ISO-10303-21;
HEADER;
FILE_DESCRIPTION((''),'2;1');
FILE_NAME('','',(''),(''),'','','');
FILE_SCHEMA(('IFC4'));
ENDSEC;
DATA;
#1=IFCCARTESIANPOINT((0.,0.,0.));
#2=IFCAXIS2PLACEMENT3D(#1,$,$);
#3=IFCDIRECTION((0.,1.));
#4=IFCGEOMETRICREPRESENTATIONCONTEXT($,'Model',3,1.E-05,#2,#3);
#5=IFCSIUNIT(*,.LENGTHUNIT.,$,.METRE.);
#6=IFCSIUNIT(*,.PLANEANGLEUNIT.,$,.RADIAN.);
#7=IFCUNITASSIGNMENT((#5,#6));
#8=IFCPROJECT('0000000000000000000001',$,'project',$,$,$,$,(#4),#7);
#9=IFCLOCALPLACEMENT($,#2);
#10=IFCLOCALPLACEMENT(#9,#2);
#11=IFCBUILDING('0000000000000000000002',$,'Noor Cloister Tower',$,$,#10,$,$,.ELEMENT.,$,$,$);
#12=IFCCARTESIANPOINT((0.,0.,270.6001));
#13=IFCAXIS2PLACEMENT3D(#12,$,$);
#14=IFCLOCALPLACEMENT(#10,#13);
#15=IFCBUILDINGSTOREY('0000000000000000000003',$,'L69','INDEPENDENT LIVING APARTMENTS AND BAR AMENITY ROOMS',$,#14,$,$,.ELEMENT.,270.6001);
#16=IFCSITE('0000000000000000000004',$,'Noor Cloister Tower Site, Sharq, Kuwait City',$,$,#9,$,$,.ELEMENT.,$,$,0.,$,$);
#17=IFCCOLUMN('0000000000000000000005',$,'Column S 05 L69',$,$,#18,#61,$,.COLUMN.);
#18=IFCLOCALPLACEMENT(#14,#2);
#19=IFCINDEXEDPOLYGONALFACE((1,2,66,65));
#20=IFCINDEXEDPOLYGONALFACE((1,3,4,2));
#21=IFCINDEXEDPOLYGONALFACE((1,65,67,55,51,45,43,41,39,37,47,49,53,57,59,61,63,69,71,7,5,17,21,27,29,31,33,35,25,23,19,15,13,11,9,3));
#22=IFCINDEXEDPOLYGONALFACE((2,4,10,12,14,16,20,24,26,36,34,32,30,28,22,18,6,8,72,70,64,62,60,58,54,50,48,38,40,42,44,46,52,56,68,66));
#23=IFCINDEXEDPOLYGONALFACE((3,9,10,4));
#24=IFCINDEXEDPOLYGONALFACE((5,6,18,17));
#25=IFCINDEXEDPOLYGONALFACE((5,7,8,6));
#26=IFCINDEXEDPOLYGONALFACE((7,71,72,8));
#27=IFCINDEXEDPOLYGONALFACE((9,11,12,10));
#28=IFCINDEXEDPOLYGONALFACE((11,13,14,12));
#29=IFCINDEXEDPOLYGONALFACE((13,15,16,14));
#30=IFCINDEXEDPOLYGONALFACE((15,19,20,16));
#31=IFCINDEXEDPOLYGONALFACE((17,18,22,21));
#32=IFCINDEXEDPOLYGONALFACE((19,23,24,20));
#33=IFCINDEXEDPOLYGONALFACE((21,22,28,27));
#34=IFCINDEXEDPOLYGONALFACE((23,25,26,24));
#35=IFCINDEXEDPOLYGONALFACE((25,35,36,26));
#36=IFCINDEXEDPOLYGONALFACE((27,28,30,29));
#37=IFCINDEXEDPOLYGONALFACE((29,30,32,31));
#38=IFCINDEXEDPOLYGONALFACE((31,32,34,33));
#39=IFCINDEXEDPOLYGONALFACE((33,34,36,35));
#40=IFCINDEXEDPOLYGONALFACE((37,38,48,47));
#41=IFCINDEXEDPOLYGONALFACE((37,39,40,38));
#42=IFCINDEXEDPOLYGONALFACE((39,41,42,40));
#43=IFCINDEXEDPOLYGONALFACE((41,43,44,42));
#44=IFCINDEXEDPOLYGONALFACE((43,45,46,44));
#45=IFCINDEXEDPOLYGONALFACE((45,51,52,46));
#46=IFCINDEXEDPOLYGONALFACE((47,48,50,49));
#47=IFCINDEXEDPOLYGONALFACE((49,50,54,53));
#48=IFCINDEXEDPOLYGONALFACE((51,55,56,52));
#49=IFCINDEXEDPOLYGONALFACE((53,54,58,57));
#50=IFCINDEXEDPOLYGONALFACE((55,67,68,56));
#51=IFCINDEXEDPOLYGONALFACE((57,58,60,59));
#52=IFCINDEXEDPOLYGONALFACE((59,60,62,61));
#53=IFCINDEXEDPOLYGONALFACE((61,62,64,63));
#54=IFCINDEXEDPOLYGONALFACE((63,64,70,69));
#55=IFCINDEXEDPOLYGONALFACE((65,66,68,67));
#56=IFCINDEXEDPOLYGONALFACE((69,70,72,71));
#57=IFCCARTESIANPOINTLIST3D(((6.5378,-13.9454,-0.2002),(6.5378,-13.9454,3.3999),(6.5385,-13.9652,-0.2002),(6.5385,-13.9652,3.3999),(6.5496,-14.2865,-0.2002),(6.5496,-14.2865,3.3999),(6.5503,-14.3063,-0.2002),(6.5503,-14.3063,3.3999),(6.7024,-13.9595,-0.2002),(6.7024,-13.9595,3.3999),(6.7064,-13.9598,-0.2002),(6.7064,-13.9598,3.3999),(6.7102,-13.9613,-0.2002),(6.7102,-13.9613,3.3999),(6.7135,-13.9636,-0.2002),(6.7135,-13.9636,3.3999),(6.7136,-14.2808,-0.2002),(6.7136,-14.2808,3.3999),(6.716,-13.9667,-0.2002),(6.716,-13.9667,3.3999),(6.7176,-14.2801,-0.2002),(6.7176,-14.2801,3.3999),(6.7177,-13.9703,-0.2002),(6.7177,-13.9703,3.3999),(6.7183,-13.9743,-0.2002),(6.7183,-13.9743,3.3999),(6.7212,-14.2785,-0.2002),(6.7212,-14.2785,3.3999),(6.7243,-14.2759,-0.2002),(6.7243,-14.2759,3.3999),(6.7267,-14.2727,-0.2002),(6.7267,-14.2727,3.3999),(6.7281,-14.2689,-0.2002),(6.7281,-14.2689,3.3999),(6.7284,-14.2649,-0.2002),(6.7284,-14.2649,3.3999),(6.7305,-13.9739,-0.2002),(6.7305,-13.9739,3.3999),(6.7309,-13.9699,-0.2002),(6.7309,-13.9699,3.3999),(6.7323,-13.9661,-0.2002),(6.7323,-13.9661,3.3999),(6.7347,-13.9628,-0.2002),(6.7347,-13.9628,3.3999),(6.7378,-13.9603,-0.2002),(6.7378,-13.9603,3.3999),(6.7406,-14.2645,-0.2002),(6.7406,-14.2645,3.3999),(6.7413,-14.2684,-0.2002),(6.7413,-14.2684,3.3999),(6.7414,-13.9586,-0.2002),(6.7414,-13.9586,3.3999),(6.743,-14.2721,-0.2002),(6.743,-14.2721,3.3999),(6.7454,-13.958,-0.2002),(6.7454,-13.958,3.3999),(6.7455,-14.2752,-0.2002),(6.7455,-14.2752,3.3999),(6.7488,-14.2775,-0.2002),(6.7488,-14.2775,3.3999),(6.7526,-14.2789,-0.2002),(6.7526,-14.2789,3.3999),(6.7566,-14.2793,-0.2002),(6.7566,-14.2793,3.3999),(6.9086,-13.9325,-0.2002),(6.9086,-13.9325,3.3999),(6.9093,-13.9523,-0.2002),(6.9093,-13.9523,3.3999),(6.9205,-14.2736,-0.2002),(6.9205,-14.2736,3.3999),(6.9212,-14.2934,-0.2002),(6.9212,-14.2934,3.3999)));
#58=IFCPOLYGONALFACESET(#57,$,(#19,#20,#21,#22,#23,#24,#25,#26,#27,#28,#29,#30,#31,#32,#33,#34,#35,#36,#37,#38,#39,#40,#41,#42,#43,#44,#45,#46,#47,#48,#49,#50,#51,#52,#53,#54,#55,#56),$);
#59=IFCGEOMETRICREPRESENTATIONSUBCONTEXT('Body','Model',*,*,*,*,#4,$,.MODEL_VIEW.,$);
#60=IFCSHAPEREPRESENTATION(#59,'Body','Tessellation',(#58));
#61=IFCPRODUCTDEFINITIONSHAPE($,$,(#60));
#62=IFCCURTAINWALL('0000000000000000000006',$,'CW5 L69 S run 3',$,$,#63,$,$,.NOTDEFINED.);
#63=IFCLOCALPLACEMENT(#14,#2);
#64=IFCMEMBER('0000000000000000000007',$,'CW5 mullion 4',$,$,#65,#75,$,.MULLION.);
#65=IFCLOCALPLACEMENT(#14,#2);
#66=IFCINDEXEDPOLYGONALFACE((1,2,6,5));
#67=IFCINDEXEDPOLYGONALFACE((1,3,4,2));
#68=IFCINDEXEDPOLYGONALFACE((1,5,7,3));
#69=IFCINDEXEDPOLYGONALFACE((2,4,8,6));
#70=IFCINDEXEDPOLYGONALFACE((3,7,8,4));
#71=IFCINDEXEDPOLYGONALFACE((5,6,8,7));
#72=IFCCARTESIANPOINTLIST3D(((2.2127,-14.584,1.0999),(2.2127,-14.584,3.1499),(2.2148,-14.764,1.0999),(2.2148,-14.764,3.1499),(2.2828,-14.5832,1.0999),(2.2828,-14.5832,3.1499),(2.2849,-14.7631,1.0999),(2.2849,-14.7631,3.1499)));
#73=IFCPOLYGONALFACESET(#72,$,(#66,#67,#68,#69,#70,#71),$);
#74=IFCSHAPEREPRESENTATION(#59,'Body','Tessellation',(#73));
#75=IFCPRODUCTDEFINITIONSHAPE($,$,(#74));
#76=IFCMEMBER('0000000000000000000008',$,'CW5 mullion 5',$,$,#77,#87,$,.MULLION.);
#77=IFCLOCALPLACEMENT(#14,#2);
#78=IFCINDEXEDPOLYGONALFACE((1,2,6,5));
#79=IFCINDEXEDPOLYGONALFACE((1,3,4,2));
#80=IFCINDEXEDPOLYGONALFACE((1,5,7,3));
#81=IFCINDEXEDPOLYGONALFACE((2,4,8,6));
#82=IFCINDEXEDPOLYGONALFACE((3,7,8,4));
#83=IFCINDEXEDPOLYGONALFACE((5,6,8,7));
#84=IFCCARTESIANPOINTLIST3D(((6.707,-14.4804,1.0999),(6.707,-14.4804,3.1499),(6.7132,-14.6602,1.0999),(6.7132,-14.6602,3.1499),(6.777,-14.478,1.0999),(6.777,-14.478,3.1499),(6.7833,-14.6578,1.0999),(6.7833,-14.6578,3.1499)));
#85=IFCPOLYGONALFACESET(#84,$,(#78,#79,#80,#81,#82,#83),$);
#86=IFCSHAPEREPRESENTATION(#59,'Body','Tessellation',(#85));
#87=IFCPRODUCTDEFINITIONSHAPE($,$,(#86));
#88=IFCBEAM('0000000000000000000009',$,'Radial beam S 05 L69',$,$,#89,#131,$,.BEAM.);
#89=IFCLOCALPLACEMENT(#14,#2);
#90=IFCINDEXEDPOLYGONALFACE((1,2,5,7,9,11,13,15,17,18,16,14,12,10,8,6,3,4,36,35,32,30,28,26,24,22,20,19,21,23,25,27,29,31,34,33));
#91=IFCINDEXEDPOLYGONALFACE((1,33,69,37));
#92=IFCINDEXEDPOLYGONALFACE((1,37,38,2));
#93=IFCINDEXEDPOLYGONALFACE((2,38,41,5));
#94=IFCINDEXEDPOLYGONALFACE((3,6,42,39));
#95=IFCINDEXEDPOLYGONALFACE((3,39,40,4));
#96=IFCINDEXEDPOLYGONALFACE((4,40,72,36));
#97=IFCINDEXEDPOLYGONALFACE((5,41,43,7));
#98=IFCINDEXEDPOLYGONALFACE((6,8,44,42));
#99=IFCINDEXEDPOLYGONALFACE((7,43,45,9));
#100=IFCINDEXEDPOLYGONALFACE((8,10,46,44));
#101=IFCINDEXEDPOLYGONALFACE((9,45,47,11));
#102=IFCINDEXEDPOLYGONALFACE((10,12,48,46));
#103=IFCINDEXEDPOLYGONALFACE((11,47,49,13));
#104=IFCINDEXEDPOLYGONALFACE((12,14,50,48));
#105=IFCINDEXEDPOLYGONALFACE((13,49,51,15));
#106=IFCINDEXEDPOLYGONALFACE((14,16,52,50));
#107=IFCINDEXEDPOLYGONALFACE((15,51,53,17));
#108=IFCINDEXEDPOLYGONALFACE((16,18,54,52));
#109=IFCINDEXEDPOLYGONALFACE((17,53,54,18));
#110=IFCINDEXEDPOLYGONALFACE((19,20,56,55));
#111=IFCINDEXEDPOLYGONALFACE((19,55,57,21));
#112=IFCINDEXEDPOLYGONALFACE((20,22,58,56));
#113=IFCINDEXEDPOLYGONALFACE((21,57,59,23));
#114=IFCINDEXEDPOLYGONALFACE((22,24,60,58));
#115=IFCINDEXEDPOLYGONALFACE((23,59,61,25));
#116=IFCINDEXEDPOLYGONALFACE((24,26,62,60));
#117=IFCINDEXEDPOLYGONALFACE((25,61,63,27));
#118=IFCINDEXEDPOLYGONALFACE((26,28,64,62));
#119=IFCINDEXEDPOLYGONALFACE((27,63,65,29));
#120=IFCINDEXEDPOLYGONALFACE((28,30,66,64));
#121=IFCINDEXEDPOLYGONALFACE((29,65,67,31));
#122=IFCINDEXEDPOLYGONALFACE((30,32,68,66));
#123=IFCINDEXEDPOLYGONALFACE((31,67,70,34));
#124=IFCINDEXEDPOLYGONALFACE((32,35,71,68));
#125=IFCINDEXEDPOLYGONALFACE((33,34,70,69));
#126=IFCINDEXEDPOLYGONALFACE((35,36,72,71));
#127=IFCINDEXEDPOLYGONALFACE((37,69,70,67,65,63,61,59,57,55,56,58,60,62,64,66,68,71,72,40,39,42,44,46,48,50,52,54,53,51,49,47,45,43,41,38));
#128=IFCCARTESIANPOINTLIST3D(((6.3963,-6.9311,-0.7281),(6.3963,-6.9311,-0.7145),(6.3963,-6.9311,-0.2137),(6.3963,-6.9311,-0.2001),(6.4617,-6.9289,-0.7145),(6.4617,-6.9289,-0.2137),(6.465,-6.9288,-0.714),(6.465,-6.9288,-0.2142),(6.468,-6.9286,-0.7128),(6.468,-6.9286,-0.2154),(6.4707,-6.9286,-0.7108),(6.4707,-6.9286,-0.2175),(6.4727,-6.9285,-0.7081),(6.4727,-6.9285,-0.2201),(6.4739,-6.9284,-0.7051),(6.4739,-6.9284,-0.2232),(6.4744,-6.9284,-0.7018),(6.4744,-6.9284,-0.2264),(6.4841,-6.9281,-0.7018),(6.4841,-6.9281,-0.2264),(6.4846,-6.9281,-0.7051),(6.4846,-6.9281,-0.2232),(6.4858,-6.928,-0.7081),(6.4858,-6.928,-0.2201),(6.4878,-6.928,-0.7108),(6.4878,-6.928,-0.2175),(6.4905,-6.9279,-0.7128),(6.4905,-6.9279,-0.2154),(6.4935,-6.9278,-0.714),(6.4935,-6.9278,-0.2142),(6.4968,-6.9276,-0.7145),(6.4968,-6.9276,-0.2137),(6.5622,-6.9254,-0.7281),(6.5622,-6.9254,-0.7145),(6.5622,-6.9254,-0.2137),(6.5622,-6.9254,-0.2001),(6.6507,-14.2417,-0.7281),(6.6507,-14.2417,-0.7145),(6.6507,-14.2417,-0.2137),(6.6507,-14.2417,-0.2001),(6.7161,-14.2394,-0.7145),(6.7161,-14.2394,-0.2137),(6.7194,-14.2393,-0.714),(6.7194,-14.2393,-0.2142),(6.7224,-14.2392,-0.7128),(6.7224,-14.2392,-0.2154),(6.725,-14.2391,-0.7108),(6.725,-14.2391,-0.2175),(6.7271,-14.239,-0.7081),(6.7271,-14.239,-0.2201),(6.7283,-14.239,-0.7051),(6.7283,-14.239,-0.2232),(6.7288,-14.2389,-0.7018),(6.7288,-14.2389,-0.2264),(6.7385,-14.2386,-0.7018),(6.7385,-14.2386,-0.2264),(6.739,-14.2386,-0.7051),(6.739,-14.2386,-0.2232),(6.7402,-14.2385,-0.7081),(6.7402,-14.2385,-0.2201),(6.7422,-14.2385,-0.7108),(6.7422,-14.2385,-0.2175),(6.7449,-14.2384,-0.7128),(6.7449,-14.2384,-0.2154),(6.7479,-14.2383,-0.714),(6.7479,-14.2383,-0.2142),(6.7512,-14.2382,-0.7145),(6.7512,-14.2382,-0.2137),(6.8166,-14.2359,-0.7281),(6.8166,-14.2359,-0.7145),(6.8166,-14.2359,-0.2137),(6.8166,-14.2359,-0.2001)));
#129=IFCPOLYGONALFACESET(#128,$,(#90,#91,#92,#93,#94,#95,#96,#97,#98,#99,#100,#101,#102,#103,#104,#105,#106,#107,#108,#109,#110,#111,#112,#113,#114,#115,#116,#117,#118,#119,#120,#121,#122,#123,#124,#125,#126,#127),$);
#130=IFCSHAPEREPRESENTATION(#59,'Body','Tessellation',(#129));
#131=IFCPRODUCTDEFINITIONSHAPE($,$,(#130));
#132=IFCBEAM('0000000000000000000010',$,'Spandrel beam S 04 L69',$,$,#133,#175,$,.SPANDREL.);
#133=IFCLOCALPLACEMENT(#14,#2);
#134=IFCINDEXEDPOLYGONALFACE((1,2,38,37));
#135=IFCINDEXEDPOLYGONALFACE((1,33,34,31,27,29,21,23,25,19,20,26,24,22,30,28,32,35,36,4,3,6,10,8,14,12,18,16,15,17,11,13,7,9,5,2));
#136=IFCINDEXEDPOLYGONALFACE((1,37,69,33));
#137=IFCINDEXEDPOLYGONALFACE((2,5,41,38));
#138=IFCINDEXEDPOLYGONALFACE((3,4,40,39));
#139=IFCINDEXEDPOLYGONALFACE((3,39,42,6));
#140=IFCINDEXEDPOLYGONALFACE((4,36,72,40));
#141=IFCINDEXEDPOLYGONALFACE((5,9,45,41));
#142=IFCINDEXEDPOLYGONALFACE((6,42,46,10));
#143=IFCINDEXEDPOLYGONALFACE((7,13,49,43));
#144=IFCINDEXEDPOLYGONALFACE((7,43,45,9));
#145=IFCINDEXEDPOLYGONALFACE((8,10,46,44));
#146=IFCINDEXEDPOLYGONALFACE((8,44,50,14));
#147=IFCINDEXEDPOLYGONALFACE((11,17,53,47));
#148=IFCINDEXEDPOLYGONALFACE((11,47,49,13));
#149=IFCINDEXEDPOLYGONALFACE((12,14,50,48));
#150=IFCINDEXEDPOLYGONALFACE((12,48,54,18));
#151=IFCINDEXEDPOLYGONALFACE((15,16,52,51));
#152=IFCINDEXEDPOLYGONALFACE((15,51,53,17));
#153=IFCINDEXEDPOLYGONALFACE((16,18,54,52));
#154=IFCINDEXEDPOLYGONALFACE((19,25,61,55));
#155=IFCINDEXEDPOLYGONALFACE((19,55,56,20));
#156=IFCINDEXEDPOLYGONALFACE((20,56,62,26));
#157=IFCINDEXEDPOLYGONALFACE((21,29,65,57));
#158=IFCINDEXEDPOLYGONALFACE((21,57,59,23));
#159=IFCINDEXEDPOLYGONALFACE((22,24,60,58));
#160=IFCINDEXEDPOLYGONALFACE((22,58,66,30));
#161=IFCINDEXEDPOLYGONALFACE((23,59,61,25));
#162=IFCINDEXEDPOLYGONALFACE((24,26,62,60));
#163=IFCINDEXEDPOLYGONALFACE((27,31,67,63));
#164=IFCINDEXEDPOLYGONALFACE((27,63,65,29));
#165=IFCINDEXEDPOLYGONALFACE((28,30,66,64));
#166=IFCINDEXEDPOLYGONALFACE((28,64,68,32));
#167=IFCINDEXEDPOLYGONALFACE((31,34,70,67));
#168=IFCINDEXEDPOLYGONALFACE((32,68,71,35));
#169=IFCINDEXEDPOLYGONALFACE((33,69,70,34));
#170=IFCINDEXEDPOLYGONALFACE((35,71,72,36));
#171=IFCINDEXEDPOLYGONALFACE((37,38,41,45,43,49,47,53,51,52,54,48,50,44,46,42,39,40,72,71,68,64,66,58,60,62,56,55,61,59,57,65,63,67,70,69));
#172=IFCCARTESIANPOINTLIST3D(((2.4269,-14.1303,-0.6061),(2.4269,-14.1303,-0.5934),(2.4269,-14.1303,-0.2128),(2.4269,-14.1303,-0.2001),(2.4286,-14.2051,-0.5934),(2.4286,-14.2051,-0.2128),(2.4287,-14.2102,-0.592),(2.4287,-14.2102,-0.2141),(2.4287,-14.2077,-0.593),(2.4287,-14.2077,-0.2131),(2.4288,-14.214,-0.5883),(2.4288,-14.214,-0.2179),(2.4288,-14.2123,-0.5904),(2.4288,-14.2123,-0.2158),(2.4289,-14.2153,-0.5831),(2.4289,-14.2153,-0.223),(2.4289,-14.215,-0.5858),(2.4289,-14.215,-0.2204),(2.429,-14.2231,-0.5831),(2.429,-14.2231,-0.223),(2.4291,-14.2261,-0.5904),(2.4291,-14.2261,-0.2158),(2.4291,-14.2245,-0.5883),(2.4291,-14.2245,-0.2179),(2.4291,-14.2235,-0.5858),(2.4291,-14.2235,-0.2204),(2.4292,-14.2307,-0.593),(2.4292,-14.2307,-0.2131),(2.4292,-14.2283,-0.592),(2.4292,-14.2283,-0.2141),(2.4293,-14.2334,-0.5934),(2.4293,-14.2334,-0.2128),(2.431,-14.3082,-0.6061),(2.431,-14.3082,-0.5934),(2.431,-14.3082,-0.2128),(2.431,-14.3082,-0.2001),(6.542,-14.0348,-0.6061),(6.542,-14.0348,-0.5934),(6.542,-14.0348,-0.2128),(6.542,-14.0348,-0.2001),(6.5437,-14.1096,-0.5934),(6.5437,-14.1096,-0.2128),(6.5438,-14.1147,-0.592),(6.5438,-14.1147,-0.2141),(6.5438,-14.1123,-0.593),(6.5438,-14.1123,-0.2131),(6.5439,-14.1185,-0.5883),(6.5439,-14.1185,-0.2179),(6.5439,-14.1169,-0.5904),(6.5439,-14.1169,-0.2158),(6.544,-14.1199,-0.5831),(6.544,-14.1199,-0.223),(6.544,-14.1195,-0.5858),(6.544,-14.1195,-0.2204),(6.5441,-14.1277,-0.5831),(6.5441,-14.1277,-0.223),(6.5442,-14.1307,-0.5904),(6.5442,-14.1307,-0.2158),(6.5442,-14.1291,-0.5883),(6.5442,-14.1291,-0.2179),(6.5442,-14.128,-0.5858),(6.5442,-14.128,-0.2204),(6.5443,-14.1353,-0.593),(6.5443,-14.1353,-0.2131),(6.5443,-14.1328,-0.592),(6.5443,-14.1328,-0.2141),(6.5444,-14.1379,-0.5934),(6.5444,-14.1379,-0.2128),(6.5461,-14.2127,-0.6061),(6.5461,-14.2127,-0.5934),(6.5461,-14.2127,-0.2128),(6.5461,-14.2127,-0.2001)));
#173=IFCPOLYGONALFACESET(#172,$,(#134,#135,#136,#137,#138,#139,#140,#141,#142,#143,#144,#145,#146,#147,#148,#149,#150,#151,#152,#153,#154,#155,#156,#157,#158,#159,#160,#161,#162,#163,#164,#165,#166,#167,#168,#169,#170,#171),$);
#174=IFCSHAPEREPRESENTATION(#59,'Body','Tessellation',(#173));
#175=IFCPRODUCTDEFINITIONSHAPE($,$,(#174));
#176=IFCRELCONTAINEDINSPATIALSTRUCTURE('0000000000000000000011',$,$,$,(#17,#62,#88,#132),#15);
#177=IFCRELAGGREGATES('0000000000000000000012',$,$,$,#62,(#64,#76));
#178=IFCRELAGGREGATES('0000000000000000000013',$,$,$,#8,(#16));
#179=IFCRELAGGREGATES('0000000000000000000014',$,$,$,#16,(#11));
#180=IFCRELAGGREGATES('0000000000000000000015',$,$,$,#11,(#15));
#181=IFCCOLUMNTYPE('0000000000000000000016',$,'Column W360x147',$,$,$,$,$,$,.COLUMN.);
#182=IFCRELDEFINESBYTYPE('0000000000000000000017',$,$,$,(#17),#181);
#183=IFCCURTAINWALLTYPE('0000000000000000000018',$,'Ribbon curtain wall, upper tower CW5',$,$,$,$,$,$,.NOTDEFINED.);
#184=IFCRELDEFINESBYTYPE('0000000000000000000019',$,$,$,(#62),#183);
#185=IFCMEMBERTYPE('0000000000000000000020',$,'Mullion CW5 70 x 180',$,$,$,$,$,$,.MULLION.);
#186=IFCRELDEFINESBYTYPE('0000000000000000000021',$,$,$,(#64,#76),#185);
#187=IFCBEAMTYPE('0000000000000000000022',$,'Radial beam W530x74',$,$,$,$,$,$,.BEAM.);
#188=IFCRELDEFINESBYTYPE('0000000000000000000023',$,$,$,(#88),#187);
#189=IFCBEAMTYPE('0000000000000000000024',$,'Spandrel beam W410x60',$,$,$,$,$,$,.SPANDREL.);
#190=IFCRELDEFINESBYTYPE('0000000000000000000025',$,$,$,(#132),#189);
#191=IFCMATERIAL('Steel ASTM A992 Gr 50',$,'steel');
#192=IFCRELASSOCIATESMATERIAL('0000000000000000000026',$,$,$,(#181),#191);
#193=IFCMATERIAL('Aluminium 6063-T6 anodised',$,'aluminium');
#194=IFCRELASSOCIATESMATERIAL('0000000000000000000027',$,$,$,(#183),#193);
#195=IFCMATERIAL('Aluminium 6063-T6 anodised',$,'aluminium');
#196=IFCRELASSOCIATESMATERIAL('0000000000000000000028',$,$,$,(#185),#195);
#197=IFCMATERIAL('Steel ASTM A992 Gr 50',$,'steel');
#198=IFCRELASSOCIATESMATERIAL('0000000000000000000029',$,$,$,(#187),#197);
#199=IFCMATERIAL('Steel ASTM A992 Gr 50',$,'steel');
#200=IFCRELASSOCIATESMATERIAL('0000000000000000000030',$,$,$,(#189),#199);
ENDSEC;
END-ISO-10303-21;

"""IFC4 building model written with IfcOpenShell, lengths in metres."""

from ifc_helpers import new_model, si_unit, direction, frame, origin, origin_2d, place, context, subcontext, project, spatial, rectangle, i_section, extrude, material, material_profile, profile_set, type_object, element, aggregate, save


model = new_model("IFC4")

# Units and contexts
model_context = context("Model", 3, precision=1e-05, world=origin(), true_north=direction((0.0, 1.0)))
body_context = subcontext(model_context, "Body", "Model", "MODEL_VIEW")
ifc_project = project(units=[si_unit("LENGTHUNIT", "METRE"), si_unit("PLANEANGLEUNIT", "RADIAN")], contexts=[model_context])

# Site, building, storey
site_placement = place(None, origin())
site = spatial("IfcSite", under=ifc_project, at=site_placement, Name="Noor Cloister Tower Site, Sharq, Kuwait City", CompositionType="ELEMENT", RefElevation=0.0)
building_placement = place(site_placement, origin())
building = spatial("IfcBuilding", under=site, at=building_placement, Name="Noor Cloister Tower", CompositionType="ELEMENT")
storey_placement = place(building_placement, frame((0.0, 0.0, 270.6001)))
storey = spatial("IfcBuildingStorey", under=building, at=storey_placement, Name="L69", Description="INDEPENDENT LIVING APARTMENTS AND BAR AMENITY ROOMS", CompositionType="ELEMENT", Elevation=270.6001)

# Column
ifc_material_1 = material(Name="Steel ASTM A992 Gr 50", Category="steel")
ifc_material_profile_1 = material_profile(ifc_material_1, i_section(OverallWidth=0.3711, OverallDepth=0.3611, WebThickness=0.0122, FlangeThickness=0.0198, FilletRadius=0.0154, at=origin_2d()), Name="W360x147")
ifc_profile_set_1 = profile_set([ifc_material_profile_1], Name="Steel ASTM A992 Gr 50")
column_type = type_object("IfcColumnType", Name="Column W360x147", PredefinedType="COLUMN", material=ifc_profile_set_1)
column_placement = place(storey_placement, frame((6.7295, -14.1194, -0.2002), z_axis=(0.0, 0.0, 1.0), x_axis=(0.999395, 0.034782, 0.0)))
element("IfcColumn", 1, at=column_placement, inside=storey, type_object=column_type, Name="Column S 05 L69", PredefinedType="COLUMN", context=body_context, shape_type="SweptSolid", body=[
    extrude(i_section(OverallWidth=0.3711, OverallDepth=0.3611, WebThickness=0.0122, FlangeThickness=0.0198, FilletRadius=0.0154, at=origin_2d()), origin(), (0.0, 0.0, 1.0), 3.6001),
])

# Curtain wall, members
ifc_material_2 = material(Name="Aluminium 6063-T6 anodised", Category="aluminium")
curtain_wall_type = type_object("IfcCurtainWallType", Name="Ribbon curtain wall, upper tower CW5", PredefinedType="NOTDEFINED", material=ifc_material_2)
curtain_wall_placement = place(storey_placement, origin())
curtain_wall = element("IfcCurtainWall", 2, at=curtain_wall_placement, inside=storey, type_object=curtain_wall_type, Name="CW5 L69 S run 3", PredefinedType="NOTDEFINED")
ifc_material_3 = material(Name="Aluminium 6063-T6 anodised", Category="aluminium")
ifc_material_profile_2 = material_profile(ifc_material_3, rectangle(XDim=0.1799, YDim=0.0701, at=origin_2d()), Name="180 x 70 mullion")
ifc_profile_set_2 = profile_set([ifc_material_profile_2], Name="Aluminium 6063-T6 anodised")
member_type = type_object("IfcMemberType", Name="Mullion CW5 70 x 180", PredefinedType="MULLION", material=ifc_profile_set_2)
member_1_placement = place(storey_placement, frame((2.2488, -14.6736, 1.0999), z_axis=(0.0, 0.0, 1.0), x_axis=(-0.011596, 0.999933, 0.0)))
member_1 = element("IfcMember", 3, at=member_1_placement, type_object=member_type, Name="CW5 mullion 4", PredefinedType="MULLION", context=body_context, shape_type="SweptSolid", body=[
    extrude(rectangle(XDim=0.1799, YDim=0.0701, at=origin_2d()), origin(), (0.0, 0.0, 1.0), 2.05),
])
member_2_placement = place(storey_placement, frame((6.7451, -14.5691, 1.0999), z_axis=(0.0, 0.0, 1.0), x_axis=(-0.034782, 0.999395, 0.0)))
member_2 = element("IfcMember", 4, at=member_2_placement, type_object=member_type, Name="CW5 mullion 5", PredefinedType="MULLION", context=body_context, shape_type="SweptSolid", body=[
    extrude(rectangle(XDim=0.1799, YDim=0.0701, at=origin_2d()), origin(), (0.0, 0.0, 1.0), 2.05),
])

# Beams
ifc_material_4 = material(Name="Steel ASTM A992 Gr 50", Category="steel")
ifc_material_profile_3 = material_profile(ifc_material_4, i_section(OverallWidth=0.166, OverallDepth=0.5281, WebThickness=0.0098, FlangeThickness=0.0137, FilletRadius=0.0127, at=origin_2d()), Name="W530x74")
ifc_profile_set_3 = profile_set([ifc_material_profile_3], Name="Steel ASTM A992 Gr 50")
beam_type_1 = type_object("IfcBeamType", Name="Radial beam W530x74", PredefinedType="BEAM", material=ifc_profile_set_3)
beam_placement = place(storey_placement, frame((6.7336, -14.2388, -0.4641), z_axis=(-0.034777, 0.999395, 0.0), x_axis=(-0.999395, -0.034777, 0.0)))
element("IfcBeam", 5, at=beam_placement, inside=storey, type_object=beam_type_1, Name="Radial beam S 05 L69", PredefinedType="BEAM", context=body_context, shape_type="SweptSolid", body=[
    extrude(i_section(OverallWidth=0.166, OverallDepth=0.5281, WebThickness=0.0098, FlangeThickness=0.0137, FilletRadius=0.0127, at=origin_2d()), origin(), (0.0, 0.0, 1.0), 7.3149),
])
ifc_material_5 = material(Name="Steel ASTM A992 Gr 50", Category="steel")
ifc_material_profile_4 = material_profile(ifc_material_5, i_section(OverallWidth=0.178, OverallDepth=0.406, WebThickness=0.0078, FlangeThickness=0.0127, FilletRadius=0.0103, at=origin_2d()), Name="W410x60")
ifc_profile_set_4 = profile_set([ifc_material_profile_4], Name="Steel ASTM A992 Gr 50")
beam_type_2 = type_object("IfcBeamType", Name="Spandrel beam W410x60", PredefinedType="SPANDREL", material=ifc_profile_set_4)
for number, where, z_axis, x_axis, name in (
    (6, (2.429, -14.2192, -0.4031), (0.999731, 0.023192, 0.0), (-0.023192, 0.999731, 0.0), "Spandrel beam S 04 L69"),
):
    element("IfcBeam", number, at=place(storey_placement, frame(where, z_axis=z_axis, x_axis=x_axis)), inside=storey, type_object=beam_type_2, Name=name, PredefinedType="SPANDREL", context=body_context, shape_type="SweptSolid", body=[
        extrude(i_section(OverallWidth=0.178, OverallDepth=0.406, WebThickness=0.0078, FlangeThickness=0.0127, FilletRadius=0.0103, at=origin_2d()), origin(), (0.0, 0.0, 1.0), 4.1162),
    ])

aggregate(curtain_wall, [member_1, member_2])

save(model, "model.ifc")
